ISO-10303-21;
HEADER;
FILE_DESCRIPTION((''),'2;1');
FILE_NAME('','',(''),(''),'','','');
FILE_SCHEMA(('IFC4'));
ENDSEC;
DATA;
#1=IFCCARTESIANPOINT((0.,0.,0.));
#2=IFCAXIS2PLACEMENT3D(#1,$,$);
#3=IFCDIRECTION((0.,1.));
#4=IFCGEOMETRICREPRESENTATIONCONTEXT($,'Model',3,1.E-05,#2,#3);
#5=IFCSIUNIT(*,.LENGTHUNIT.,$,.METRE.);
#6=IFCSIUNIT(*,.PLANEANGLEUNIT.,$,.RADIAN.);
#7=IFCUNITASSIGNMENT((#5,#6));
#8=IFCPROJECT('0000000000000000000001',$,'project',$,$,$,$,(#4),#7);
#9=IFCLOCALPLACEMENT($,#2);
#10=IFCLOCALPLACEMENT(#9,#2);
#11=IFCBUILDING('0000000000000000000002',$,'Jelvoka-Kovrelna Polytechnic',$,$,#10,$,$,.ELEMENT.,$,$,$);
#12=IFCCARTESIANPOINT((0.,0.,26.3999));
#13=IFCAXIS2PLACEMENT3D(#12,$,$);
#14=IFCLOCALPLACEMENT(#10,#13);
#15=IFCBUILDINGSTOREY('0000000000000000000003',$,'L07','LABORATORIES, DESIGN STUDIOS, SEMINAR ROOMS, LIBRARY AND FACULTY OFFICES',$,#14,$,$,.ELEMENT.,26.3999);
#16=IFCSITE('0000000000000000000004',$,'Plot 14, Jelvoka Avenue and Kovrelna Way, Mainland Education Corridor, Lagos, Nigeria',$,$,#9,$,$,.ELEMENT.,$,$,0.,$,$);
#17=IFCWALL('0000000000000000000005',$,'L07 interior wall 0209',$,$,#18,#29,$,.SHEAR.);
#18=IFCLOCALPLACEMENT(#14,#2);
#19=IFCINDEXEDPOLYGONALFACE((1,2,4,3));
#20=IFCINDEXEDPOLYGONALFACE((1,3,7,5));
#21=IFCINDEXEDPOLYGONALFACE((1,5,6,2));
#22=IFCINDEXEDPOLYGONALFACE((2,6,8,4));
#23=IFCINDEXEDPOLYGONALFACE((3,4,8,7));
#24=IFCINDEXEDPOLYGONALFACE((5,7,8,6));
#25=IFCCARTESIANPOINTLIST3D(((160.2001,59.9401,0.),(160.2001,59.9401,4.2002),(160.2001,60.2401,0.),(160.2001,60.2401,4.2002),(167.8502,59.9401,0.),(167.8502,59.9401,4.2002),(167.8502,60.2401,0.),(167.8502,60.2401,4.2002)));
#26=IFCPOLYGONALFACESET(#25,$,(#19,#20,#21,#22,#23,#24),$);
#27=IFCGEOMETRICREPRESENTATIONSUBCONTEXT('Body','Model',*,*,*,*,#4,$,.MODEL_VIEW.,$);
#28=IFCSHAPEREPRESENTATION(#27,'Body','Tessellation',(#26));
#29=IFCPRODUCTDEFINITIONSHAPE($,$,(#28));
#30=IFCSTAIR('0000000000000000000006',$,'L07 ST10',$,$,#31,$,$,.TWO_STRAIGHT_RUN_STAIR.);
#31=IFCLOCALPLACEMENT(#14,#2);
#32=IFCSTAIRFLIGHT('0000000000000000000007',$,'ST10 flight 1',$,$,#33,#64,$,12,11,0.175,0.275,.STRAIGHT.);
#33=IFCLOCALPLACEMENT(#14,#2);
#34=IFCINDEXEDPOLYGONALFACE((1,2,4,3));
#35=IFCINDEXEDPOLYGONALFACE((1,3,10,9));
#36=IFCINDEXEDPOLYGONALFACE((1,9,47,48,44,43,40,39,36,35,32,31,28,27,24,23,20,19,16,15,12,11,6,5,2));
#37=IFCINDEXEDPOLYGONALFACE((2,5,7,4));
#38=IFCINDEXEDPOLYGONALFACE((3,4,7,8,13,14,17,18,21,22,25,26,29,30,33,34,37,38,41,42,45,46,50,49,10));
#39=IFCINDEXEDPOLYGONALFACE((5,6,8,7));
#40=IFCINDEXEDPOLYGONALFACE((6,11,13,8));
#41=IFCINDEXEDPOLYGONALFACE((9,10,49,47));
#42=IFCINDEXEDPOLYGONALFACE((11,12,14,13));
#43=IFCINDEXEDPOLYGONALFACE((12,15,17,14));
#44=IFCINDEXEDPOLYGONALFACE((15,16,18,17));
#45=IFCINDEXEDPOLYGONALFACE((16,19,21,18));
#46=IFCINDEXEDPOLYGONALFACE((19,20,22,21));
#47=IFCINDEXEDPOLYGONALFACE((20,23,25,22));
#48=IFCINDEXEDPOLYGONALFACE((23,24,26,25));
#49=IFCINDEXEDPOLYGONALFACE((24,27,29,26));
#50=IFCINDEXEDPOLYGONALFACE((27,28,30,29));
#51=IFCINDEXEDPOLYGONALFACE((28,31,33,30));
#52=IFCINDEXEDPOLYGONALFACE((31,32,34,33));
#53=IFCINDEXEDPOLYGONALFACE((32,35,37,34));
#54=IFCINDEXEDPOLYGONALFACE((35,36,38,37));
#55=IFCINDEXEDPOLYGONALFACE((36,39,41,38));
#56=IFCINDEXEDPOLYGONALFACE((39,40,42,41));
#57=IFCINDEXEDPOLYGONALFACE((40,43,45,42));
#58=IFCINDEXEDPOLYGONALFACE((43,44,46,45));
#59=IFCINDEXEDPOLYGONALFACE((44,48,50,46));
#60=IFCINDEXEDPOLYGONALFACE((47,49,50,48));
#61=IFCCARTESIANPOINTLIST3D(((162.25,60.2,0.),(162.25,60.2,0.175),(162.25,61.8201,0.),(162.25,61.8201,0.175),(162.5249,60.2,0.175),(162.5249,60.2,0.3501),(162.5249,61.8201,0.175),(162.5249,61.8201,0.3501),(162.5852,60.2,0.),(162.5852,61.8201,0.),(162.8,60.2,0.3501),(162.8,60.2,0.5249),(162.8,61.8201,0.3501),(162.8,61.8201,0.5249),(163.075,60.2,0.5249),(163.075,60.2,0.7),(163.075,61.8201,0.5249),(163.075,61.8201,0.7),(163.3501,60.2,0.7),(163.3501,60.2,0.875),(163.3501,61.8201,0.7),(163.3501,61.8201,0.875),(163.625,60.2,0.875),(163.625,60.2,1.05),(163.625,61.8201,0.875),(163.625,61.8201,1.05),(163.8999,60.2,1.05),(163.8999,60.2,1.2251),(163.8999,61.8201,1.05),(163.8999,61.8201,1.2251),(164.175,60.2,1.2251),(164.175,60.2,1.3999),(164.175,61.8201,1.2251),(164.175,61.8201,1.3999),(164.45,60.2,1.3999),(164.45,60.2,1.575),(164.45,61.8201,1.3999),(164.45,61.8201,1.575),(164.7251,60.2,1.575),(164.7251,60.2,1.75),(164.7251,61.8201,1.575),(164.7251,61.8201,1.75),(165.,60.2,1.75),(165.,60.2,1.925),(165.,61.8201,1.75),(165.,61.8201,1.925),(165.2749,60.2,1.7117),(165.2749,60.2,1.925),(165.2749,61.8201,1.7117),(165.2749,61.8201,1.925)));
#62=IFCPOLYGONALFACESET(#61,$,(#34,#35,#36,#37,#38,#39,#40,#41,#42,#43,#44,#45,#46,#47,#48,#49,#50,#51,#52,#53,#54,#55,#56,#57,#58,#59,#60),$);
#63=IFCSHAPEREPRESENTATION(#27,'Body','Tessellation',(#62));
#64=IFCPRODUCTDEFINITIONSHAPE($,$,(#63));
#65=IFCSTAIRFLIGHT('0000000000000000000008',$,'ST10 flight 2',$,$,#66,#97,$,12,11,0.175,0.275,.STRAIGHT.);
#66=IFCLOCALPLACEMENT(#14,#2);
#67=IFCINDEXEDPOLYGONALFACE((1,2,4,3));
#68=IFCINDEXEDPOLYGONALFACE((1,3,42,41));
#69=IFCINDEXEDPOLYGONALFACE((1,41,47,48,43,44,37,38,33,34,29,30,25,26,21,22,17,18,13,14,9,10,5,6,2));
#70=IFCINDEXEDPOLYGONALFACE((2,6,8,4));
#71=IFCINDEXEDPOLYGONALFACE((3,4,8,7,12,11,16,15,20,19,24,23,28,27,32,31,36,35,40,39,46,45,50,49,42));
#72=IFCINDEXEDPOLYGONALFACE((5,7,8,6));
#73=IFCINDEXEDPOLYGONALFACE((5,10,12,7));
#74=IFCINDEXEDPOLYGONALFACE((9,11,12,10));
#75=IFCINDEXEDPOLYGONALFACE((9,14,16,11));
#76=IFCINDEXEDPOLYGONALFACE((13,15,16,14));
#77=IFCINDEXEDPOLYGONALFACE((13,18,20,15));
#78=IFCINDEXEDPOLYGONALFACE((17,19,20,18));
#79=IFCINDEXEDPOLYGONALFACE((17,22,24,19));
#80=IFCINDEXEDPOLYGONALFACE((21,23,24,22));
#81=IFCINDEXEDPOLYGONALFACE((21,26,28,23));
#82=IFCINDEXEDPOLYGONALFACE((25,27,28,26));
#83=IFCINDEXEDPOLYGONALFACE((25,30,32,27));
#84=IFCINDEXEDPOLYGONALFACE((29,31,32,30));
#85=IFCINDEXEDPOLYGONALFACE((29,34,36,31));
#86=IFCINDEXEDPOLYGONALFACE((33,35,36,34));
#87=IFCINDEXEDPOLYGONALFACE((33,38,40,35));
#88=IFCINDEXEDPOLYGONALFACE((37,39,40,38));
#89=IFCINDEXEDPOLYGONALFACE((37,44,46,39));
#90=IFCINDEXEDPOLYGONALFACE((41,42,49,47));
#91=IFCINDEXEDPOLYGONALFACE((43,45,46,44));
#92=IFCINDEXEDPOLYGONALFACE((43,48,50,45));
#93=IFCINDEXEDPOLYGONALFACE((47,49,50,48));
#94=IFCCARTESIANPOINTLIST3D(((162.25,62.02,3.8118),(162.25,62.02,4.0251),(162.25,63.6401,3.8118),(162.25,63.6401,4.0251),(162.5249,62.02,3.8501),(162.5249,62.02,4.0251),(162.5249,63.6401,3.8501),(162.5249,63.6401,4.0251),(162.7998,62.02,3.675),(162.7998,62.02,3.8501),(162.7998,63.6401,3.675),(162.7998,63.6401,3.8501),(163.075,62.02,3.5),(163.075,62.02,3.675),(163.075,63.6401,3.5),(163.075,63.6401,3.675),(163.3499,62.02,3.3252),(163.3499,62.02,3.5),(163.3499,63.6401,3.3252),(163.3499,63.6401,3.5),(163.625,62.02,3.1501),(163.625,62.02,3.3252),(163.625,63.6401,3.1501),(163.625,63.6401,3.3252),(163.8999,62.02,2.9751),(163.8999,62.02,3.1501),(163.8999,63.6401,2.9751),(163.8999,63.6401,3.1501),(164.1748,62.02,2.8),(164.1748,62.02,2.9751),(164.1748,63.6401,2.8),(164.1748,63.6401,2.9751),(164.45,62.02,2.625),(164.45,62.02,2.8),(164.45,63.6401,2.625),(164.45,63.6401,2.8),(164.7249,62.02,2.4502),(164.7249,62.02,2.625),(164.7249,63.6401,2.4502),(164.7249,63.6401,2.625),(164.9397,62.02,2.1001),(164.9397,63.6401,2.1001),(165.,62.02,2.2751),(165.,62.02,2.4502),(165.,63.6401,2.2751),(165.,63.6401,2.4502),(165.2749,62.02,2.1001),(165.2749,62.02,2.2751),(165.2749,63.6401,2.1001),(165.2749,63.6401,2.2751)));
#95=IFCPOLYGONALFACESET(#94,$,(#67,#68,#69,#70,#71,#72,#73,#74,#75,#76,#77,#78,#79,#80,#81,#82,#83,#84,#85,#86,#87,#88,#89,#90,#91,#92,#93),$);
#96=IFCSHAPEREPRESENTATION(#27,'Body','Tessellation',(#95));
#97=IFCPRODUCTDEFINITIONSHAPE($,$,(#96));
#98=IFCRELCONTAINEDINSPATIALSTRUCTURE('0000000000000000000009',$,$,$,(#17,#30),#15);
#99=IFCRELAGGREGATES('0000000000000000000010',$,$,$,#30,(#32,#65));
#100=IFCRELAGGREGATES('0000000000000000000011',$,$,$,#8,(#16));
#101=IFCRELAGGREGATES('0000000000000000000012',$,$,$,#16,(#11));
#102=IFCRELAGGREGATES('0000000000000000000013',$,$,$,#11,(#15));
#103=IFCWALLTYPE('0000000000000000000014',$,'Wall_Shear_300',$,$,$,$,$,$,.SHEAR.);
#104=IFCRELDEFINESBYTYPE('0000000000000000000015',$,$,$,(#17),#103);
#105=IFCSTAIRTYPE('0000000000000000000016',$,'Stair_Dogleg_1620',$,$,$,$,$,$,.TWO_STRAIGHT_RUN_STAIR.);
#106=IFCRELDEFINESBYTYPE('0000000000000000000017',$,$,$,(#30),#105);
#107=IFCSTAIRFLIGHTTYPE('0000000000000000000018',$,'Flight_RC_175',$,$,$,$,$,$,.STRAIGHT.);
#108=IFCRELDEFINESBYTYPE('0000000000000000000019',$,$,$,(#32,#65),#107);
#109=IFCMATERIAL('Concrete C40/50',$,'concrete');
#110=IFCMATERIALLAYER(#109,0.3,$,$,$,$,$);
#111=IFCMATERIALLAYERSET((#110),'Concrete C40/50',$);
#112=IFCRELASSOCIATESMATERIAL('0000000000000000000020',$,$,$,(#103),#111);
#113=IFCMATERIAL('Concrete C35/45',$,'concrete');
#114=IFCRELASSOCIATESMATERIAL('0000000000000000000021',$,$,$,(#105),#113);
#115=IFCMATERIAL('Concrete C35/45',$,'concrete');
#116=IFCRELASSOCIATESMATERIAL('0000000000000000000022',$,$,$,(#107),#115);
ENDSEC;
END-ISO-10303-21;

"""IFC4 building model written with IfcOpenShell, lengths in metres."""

from ifc_helpers import new_model, si_unit, direction, frame, frame_2d, origin, place, context, subcontext, project, spatial, polyline, rectangle, outline, extrude, material, layer, layer_set, type_object, element, aggregate, save


model = new_model("IFC4")

# Units and contexts
model_context = context("Model", 3, precision=1e-05, world=origin(), true_north=direction((0.0, 1.0)))
body_context = subcontext(model_context, "Body", "Model", "MODEL_VIEW")
ifc_project = project(units=[si_unit("LENGTHUNIT", "METRE"), si_unit("PLANEANGLEUNIT", "RADIAN")], contexts=[model_context])

# Site, building, storey
site_placement = place(None, origin())
site = spatial("IfcSite", under=ifc_project, at=site_placement, Name="Plot 14, Jelvoka Avenue and Kovrelna Way, Mainland Education Corridor, Lagos, Nigeria", CompositionType="ELEMENT", RefElevation=0.0)
building_placement = place(site_placement, origin())
building = spatial("IfcBuilding", under=site, at=building_placement, Name="Jelvoka-Kovrelna Polytechnic", CompositionType="ELEMENT")
storey_placement = place(building_placement, frame((0.0, 0.0, 26.3999)))
storey = spatial("IfcBuildingStorey", under=building, at=storey_placement, Name="L07", Description="LABORATORIES, DESIGN STUDIOS, SEMINAR ROOMS, LIBRARY AND FACULTY OFFICES", CompositionType="ELEMENT", Elevation=26.3999)

# Wall
ifc_material_1 = material(Name="Concrete C40/50", Category="concrete")
ifc_layer_1 = layer(ifc_material_1, 0.3)
ifc_layer_set_1 = layer_set([ifc_layer_1], Name="Concrete C40/50")
wall_type_1 = type_object("IfcWallType", Name="Wall_Shear_300", PredefinedType="SHEAR", material=ifc_layer_set_1)
wall_1_placement = place(storey_placement, frame((160.2, 60.0901, 0.0), z_axis=(0.0, 0.0, 1.0), x_axis=(1.0, 0.0, 0.0)))
element("IfcWall", 1, at=wall_1_placement, inside=storey, type_object=wall_type_1, Name="L07 interior wall 0209", PredefinedType="SHEAR", context=body_context, shape_type="SweptSolid", body=[
    extrude(rectangle(XDim=7.6501, YDim=0.3, at=frame_2d((3.8252, 0.0))), origin(), (0.0, 0.0, 1.0), 4.2002),
])

# Stair, stair flights
ifc_material_2 = material(Name="Concrete C35/45", Category="concrete")
stair_type = type_object("IfcStairType", Name="Stair_Dogleg_1620", PredefinedType="TWO_STRAIGHT_RUN_STAIR", material=ifc_material_2)
stair_placement = place(storey_placement, origin())
stair = element("IfcStair", 2, at=stair_placement, inside=storey, type_object=stair_type, Name="L07 ST10", PredefinedType="TWO_STRAIGHT_RUN_STAIR")
ifc_material_3 = material(Name="Concrete C35/45", Category="concrete")
stair_flight_type = type_object("IfcStairFlightType", Name="Flight_RC_175", PredefinedType="STRAIGHT", material=ifc_material_3)
stair_flight_1_placement = place(storey_placement, frame((162.25, 61.01, 0.0), z_axis=(0.0, 0.0, 1.0), x_axis=(1.0, 0.0, 0.0)))
stair_flight_1 = element("IfcStairFlight", 3, at=stair_flight_1_placement, type_object=stair_flight_type, Name="ST10 flight 1", NumberOfRisers=12, NumberOfTreads=11, PredefinedType="STRAIGHT", RiserHeight=0.175, TreadLength=0.275, context=body_context, shape_type="SweptSolid", body=[
    extrude(outline(polyline([(0.0, 0.0), (0.0, 0.175), (0.2749, 0.175), (0.2749, 0.3501), (0.55, 0.3501), (0.55, 0.5249), (0.825, 0.5249), (0.825, 0.7), (1.1001, 0.7), (1.1001, 0.875), (1.375, 0.875), (1.375, 1.05), (1.6499, 1.05), (1.6499, 1.2251), (1.925, 1.2251), (1.925, 1.3999), (2.2, 1.3999), (2.2, 1.575), (2.4751, 1.575), (2.4751, 1.75), (2.75, 1.75), (2.75, 1.925), (3.0249, 1.925), (3.0249, 2.1001), (3.0249, 1.7117), (0.3352, 0.0), (0.0, 0.0)])), frame((0.0, 0.8101, 0.0), z_axis=(0.0, -1.0, 0.0), x_axis=(1.0, 0.0, 0.0)), (0.0, 0.0, 1.0), 1.6201),
])
stair_flight_2_placement = place(storey_placement, frame((165.2749, 62.8301, 2.1001), z_axis=(0.0, 0.0, 1.0), x_axis=(-1.0, 0.0, 0.0)))
stair_flight_2 = element("IfcStairFlight", 4, at=stair_flight_2_placement, type_object=stair_flight_type, Name="ST10 flight 2", NumberOfRisers=12, NumberOfTreads=11, PredefinedType="STRAIGHT", RiserHeight=0.175, TreadLength=0.275, context=body_context, shape_type="SweptSolid", body=[
    extrude(outline(polyline([(0.0, 0.0), (0.0, 0.175), (0.2749, 0.175), (0.2749, 0.3501), (0.55, 0.3501), (0.55, 0.5249), (0.825, 0.5249), (0.825, 0.7), (1.1001, 0.7), (1.1001, 0.875), (1.375, 0.875), (1.375, 1.05), (1.6499, 1.05), (1.6499, 1.2251), (1.925, 1.2251), (1.925, 1.3999), (2.2, 1.3999), (2.2, 1.575), (2.4751, 1.575), (2.4751, 1.75), (2.75, 1.75), (2.75, 1.925), (3.0249, 1.925), (3.0249, 2.1001), (3.0249, 1.7117), (0.3352, 0.0), (0.0, 0.0)])), frame((0.0, 0.8101, 0.0), z_axis=(0.0, -1.0, 0.0), x_axis=(1.0, 0.0, 0.0)), (0.0, 0.0, 1.0), 1.6201),
])
aggregate(stair, [stair_flight_1, stair_flight_2])

save(model, "model.ifc")
